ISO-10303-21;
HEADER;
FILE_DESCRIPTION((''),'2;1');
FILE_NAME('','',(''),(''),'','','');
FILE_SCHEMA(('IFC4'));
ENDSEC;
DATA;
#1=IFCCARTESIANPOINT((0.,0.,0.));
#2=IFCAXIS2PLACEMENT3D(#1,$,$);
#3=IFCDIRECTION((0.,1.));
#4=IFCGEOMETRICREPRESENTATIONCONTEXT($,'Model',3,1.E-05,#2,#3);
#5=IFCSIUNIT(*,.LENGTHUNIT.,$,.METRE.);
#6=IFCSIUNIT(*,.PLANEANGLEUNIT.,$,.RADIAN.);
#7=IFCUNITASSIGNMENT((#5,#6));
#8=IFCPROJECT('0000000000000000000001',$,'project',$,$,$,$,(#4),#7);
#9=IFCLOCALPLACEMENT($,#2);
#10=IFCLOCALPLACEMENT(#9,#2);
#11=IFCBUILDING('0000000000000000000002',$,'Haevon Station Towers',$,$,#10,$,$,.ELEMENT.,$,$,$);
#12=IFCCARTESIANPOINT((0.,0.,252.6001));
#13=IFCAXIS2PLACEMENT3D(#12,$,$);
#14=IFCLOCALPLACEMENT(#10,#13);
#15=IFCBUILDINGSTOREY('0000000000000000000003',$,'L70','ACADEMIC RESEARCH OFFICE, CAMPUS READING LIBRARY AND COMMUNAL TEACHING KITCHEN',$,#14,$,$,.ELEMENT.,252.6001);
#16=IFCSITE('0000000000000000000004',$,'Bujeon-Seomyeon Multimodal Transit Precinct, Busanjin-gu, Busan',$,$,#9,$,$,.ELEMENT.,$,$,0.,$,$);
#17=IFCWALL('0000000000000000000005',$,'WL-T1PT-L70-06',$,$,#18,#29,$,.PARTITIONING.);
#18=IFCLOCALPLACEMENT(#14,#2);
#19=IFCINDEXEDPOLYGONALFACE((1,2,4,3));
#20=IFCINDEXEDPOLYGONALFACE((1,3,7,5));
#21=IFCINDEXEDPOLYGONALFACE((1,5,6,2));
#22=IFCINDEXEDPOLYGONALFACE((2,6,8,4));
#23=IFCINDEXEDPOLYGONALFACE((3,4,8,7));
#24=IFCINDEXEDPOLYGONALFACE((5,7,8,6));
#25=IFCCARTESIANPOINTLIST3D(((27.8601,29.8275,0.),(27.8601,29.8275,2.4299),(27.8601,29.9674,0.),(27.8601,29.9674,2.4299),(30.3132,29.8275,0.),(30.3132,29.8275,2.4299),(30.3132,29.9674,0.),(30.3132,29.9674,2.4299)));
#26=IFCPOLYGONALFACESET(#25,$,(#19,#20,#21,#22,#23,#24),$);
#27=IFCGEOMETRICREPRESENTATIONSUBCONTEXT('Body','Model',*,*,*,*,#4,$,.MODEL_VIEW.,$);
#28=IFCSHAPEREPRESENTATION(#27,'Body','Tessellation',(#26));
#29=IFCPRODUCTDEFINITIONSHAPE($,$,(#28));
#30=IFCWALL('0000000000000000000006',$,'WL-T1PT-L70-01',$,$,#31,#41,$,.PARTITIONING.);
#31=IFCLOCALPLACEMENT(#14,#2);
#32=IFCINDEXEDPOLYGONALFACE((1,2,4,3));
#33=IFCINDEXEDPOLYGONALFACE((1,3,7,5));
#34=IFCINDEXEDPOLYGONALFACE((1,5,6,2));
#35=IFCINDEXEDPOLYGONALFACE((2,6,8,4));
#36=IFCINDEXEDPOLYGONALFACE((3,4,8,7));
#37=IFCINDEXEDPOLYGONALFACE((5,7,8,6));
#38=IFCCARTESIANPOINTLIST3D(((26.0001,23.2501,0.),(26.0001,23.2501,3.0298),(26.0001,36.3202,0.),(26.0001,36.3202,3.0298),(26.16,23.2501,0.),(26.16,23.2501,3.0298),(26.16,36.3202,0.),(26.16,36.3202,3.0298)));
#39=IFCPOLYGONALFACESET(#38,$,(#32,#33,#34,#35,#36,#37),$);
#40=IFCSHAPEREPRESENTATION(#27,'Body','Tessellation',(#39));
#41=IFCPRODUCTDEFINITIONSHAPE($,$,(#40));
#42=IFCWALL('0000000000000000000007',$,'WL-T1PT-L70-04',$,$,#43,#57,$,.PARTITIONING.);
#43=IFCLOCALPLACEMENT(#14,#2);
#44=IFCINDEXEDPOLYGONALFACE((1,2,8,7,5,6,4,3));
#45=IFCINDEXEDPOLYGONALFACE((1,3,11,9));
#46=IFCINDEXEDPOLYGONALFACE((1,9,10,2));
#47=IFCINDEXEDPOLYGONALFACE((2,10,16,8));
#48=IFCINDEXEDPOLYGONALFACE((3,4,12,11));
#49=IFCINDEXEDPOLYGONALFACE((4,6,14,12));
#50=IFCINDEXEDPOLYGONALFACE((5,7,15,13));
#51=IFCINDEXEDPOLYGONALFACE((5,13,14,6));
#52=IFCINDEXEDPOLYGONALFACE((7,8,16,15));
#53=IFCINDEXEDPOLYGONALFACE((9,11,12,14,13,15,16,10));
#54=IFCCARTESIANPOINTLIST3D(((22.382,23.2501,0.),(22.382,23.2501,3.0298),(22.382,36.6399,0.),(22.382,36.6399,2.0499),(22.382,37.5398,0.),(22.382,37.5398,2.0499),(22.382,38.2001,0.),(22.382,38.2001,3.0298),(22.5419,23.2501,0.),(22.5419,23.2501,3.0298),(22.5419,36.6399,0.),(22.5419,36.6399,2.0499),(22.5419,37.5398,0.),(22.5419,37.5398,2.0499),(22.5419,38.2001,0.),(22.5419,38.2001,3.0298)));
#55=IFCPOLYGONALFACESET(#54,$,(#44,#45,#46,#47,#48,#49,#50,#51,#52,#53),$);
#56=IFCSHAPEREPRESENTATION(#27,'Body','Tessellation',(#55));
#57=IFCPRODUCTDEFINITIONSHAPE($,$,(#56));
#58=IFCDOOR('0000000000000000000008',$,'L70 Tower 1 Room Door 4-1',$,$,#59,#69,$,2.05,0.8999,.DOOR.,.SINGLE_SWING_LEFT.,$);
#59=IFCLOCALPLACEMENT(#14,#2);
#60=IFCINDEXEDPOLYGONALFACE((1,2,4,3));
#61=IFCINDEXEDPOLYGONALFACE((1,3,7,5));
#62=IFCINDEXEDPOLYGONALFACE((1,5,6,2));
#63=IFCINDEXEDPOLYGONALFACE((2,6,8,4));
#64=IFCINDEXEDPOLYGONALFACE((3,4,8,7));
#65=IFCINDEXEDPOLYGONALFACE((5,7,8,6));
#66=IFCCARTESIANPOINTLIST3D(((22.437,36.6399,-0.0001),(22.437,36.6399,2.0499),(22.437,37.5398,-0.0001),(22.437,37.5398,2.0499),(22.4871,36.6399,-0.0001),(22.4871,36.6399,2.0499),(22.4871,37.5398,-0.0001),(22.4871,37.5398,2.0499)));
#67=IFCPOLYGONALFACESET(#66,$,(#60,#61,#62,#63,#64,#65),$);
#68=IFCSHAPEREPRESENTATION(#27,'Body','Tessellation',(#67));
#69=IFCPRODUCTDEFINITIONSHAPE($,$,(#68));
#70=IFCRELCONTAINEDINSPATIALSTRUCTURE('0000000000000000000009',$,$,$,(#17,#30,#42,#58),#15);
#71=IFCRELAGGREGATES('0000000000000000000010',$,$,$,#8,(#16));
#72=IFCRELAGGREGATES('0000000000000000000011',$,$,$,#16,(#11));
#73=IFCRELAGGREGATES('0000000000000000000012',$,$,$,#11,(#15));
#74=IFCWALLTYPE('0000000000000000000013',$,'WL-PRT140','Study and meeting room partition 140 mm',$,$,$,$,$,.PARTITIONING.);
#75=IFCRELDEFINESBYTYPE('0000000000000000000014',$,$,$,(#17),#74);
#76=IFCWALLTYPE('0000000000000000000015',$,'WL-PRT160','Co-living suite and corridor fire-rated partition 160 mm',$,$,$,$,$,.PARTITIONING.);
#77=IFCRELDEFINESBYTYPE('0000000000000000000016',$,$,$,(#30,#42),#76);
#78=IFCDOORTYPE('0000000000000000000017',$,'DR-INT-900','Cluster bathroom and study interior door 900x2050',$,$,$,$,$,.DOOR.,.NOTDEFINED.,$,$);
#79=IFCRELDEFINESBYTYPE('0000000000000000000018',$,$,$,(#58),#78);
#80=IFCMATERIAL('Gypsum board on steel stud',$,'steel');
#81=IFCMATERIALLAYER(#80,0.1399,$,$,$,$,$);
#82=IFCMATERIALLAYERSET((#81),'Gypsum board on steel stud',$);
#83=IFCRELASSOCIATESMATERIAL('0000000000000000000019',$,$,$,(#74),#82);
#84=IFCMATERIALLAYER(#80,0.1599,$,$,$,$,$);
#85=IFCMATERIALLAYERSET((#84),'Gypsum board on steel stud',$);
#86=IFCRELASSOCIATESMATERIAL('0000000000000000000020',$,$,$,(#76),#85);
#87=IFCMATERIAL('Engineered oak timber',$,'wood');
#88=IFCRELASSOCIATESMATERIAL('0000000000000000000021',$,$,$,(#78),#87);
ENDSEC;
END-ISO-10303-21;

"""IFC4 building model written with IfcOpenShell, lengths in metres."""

from ifc_helpers import new_model, si_unit, direction, frame, frame_2d, origin, place, context, subcontext, project, spatial, rectangle, extrude, material, layer, layer_set, type_object, element, fill, save


model = new_model("IFC4")

# Units and contexts
model_context = context("Model", 3, precision=1e-05, world=origin(), true_north=direction((0.0, 1.0)))
body_context = subcontext(model_context, "Body", "Model", "MODEL_VIEW")
ifc_project = project(units=[si_unit("LENGTHUNIT", "METRE"), si_unit("PLANEANGLEUNIT", "RADIAN")], contexts=[model_context])

# Site, building, storey
site_placement = place(None, origin())
site = spatial("IfcSite", under=ifc_project, at=site_placement, Name="Bujeon-Seomyeon Multimodal Transit Precinct, Busanjin-gu, Busan", CompositionType="ELEMENT", RefElevation=0.0)
building_placement = place(site_placement, origin())
building = spatial("IfcBuilding", under=site, at=building_placement, Name="Haevon Station Towers", CompositionType="ELEMENT")
storey_placement = place(building_placement, frame((0.0, 0.0, 252.6001)))
storey = spatial("IfcBuildingStorey", under=building, at=storey_placement, Name="L70", Description="ACADEMIC RESEARCH OFFICE, CAMPUS READING LIBRARY AND COMMUNAL TEACHING KITCHEN", CompositionType="ELEMENT", Elevation=252.6001)

# Walls
ifc_material_1 = material(Name="Gypsum board on steel stud", Category="steel")
ifc_layer_1 = layer(ifc_material_1, 0.1399)
ifc_layer_set_1 = layer_set([ifc_layer_1], Name="Gypsum board on steel stud")
wall_type_1 = type_object("IfcWallType", Name="WL-PRT140", Description="Study and meeting room partition 140 mm", PredefinedType="PARTITIONING", material=ifc_layer_set_1)
wall_1_placement = place(storey_placement, frame((27.8601, 29.8975, 0.0), z_axis=(0.0, 0.0, 1.0), x_axis=(1.0, 0.0, 0.0)))
element("IfcWall", 1, at=wall_1_placement, inside=storey, type_object=wall_type_1, Name="WL-T1PT-L70-06", PredefinedType="PARTITIONING", context=body_context, shape_type="SweptSolid", body=[
    extrude(rectangle(XDim=2.4531, YDim=0.1399, at=frame_2d((1.2266, 0.0))), origin(), (0.0, 0.0, 1.0), 2.4299),
])
ifc_layer_2 = layer(ifc_material_1, 0.1599)
ifc_layer_set_2 = layer_set([ifc_layer_2], Name="Gypsum board on steel stud")
wall_type_2 = type_object("IfcWallType", Name="WL-PRT160", Description="Co-living suite and corridor fire-rated partition 160 mm", PredefinedType="PARTITIONING", material=ifc_layer_set_2)
wall_2_placement = place(storey_placement, frame((26.0801, 23.25, 0.0), z_axis=(0.0, 0.0, 1.0), x_axis=(0.0, 1.0, 0.0)))
element("IfcWall", 2, at=wall_2_placement, inside=storey, type_object=wall_type_2, Name="WL-T1PT-L70-01", PredefinedType="PARTITIONING", context=body_context, shape_type="SweptSolid", body=[
    extrude(rectangle(XDim=13.0701, YDim=0.1599, at=frame_2d((6.5352, 0.0))), origin(), (0.0, 0.0, 1.0), 3.0298),
])

# Wall, opening, door
wall_3_placement = place(storey_placement, frame((22.4619, 23.25, 0.0), z_axis=(0.0, 0.0, 1.0), x_axis=(0.0, 1.0, 0.0)))
wall_3 = element("IfcWall", 3, at=wall_3_placement, inside=storey, type_object=wall_type_2, Name="WL-T1PT-L70-04", PredefinedType="PARTITIONING", context=body_context, shape_type="SweptSolid", body=[
    extrude(rectangle(XDim=14.95, YDim=0.1599, at=frame_2d((7.4751, 0.0))), origin(), (0.0, 0.0, 1.0), 3.0298),
])
opening_1_placement = place(wall_3_placement, frame((13.3899, 0.0, 0.0)))
opening_1 = element("IfcOpeningElement", 4, at=opening_1_placement, cuts=wall_3, PredefinedType="OPENING", context=body_context, shape_type="SweptSolid", body=[
    extrude(rectangle(XDim=0.8999, YDim=2.05, at=frame_2d((0.45, 1.0249))), frame((0.0, 0.0898, 0.0), z_axis=(0.0, -1.0, 0.0), x_axis=(1.0, 0.0, 0.0)), (0.0, 0.0, 1.0), 0.1799),
])
ifc_material_2 = material(Name="Engineered oak timber", Category="wood")
door_type_1 = type_object("IfcDoorType", Name="DR-INT-900", Description="Cluster bathroom and study interior door 900x2050", OperationType="NOTDEFINED", PredefinedType="DOOR", material=ifc_material_2)
door_1_placement = place(opening_1_placement, origin())
door_1 = element("IfcDoor", 5, at=door_1_placement, inside=storey, type_object=door_type_1, Name="L70 Tower 1 Room Door 4-1", OperationType="SINGLE_SWING_LEFT", OverallHeight=2.05, OverallWidth=0.8999, PredefinedType="DOOR", context=body_context, shape_type="SweptSolid", body=[
    extrude(rectangle(XDim=0.8999, YDim=2.05, at=frame_2d((0.45, 1.0249))), frame((0.0, 0.0249, 0.0), z_axis=(0.0, -1.0, 0.0), x_axis=(1.0, 0.0, 0.0)), (0.0, 0.0, 1.0), 0.05),
])
fill(opening_1, door_1)

save(model, "model.ifc")
